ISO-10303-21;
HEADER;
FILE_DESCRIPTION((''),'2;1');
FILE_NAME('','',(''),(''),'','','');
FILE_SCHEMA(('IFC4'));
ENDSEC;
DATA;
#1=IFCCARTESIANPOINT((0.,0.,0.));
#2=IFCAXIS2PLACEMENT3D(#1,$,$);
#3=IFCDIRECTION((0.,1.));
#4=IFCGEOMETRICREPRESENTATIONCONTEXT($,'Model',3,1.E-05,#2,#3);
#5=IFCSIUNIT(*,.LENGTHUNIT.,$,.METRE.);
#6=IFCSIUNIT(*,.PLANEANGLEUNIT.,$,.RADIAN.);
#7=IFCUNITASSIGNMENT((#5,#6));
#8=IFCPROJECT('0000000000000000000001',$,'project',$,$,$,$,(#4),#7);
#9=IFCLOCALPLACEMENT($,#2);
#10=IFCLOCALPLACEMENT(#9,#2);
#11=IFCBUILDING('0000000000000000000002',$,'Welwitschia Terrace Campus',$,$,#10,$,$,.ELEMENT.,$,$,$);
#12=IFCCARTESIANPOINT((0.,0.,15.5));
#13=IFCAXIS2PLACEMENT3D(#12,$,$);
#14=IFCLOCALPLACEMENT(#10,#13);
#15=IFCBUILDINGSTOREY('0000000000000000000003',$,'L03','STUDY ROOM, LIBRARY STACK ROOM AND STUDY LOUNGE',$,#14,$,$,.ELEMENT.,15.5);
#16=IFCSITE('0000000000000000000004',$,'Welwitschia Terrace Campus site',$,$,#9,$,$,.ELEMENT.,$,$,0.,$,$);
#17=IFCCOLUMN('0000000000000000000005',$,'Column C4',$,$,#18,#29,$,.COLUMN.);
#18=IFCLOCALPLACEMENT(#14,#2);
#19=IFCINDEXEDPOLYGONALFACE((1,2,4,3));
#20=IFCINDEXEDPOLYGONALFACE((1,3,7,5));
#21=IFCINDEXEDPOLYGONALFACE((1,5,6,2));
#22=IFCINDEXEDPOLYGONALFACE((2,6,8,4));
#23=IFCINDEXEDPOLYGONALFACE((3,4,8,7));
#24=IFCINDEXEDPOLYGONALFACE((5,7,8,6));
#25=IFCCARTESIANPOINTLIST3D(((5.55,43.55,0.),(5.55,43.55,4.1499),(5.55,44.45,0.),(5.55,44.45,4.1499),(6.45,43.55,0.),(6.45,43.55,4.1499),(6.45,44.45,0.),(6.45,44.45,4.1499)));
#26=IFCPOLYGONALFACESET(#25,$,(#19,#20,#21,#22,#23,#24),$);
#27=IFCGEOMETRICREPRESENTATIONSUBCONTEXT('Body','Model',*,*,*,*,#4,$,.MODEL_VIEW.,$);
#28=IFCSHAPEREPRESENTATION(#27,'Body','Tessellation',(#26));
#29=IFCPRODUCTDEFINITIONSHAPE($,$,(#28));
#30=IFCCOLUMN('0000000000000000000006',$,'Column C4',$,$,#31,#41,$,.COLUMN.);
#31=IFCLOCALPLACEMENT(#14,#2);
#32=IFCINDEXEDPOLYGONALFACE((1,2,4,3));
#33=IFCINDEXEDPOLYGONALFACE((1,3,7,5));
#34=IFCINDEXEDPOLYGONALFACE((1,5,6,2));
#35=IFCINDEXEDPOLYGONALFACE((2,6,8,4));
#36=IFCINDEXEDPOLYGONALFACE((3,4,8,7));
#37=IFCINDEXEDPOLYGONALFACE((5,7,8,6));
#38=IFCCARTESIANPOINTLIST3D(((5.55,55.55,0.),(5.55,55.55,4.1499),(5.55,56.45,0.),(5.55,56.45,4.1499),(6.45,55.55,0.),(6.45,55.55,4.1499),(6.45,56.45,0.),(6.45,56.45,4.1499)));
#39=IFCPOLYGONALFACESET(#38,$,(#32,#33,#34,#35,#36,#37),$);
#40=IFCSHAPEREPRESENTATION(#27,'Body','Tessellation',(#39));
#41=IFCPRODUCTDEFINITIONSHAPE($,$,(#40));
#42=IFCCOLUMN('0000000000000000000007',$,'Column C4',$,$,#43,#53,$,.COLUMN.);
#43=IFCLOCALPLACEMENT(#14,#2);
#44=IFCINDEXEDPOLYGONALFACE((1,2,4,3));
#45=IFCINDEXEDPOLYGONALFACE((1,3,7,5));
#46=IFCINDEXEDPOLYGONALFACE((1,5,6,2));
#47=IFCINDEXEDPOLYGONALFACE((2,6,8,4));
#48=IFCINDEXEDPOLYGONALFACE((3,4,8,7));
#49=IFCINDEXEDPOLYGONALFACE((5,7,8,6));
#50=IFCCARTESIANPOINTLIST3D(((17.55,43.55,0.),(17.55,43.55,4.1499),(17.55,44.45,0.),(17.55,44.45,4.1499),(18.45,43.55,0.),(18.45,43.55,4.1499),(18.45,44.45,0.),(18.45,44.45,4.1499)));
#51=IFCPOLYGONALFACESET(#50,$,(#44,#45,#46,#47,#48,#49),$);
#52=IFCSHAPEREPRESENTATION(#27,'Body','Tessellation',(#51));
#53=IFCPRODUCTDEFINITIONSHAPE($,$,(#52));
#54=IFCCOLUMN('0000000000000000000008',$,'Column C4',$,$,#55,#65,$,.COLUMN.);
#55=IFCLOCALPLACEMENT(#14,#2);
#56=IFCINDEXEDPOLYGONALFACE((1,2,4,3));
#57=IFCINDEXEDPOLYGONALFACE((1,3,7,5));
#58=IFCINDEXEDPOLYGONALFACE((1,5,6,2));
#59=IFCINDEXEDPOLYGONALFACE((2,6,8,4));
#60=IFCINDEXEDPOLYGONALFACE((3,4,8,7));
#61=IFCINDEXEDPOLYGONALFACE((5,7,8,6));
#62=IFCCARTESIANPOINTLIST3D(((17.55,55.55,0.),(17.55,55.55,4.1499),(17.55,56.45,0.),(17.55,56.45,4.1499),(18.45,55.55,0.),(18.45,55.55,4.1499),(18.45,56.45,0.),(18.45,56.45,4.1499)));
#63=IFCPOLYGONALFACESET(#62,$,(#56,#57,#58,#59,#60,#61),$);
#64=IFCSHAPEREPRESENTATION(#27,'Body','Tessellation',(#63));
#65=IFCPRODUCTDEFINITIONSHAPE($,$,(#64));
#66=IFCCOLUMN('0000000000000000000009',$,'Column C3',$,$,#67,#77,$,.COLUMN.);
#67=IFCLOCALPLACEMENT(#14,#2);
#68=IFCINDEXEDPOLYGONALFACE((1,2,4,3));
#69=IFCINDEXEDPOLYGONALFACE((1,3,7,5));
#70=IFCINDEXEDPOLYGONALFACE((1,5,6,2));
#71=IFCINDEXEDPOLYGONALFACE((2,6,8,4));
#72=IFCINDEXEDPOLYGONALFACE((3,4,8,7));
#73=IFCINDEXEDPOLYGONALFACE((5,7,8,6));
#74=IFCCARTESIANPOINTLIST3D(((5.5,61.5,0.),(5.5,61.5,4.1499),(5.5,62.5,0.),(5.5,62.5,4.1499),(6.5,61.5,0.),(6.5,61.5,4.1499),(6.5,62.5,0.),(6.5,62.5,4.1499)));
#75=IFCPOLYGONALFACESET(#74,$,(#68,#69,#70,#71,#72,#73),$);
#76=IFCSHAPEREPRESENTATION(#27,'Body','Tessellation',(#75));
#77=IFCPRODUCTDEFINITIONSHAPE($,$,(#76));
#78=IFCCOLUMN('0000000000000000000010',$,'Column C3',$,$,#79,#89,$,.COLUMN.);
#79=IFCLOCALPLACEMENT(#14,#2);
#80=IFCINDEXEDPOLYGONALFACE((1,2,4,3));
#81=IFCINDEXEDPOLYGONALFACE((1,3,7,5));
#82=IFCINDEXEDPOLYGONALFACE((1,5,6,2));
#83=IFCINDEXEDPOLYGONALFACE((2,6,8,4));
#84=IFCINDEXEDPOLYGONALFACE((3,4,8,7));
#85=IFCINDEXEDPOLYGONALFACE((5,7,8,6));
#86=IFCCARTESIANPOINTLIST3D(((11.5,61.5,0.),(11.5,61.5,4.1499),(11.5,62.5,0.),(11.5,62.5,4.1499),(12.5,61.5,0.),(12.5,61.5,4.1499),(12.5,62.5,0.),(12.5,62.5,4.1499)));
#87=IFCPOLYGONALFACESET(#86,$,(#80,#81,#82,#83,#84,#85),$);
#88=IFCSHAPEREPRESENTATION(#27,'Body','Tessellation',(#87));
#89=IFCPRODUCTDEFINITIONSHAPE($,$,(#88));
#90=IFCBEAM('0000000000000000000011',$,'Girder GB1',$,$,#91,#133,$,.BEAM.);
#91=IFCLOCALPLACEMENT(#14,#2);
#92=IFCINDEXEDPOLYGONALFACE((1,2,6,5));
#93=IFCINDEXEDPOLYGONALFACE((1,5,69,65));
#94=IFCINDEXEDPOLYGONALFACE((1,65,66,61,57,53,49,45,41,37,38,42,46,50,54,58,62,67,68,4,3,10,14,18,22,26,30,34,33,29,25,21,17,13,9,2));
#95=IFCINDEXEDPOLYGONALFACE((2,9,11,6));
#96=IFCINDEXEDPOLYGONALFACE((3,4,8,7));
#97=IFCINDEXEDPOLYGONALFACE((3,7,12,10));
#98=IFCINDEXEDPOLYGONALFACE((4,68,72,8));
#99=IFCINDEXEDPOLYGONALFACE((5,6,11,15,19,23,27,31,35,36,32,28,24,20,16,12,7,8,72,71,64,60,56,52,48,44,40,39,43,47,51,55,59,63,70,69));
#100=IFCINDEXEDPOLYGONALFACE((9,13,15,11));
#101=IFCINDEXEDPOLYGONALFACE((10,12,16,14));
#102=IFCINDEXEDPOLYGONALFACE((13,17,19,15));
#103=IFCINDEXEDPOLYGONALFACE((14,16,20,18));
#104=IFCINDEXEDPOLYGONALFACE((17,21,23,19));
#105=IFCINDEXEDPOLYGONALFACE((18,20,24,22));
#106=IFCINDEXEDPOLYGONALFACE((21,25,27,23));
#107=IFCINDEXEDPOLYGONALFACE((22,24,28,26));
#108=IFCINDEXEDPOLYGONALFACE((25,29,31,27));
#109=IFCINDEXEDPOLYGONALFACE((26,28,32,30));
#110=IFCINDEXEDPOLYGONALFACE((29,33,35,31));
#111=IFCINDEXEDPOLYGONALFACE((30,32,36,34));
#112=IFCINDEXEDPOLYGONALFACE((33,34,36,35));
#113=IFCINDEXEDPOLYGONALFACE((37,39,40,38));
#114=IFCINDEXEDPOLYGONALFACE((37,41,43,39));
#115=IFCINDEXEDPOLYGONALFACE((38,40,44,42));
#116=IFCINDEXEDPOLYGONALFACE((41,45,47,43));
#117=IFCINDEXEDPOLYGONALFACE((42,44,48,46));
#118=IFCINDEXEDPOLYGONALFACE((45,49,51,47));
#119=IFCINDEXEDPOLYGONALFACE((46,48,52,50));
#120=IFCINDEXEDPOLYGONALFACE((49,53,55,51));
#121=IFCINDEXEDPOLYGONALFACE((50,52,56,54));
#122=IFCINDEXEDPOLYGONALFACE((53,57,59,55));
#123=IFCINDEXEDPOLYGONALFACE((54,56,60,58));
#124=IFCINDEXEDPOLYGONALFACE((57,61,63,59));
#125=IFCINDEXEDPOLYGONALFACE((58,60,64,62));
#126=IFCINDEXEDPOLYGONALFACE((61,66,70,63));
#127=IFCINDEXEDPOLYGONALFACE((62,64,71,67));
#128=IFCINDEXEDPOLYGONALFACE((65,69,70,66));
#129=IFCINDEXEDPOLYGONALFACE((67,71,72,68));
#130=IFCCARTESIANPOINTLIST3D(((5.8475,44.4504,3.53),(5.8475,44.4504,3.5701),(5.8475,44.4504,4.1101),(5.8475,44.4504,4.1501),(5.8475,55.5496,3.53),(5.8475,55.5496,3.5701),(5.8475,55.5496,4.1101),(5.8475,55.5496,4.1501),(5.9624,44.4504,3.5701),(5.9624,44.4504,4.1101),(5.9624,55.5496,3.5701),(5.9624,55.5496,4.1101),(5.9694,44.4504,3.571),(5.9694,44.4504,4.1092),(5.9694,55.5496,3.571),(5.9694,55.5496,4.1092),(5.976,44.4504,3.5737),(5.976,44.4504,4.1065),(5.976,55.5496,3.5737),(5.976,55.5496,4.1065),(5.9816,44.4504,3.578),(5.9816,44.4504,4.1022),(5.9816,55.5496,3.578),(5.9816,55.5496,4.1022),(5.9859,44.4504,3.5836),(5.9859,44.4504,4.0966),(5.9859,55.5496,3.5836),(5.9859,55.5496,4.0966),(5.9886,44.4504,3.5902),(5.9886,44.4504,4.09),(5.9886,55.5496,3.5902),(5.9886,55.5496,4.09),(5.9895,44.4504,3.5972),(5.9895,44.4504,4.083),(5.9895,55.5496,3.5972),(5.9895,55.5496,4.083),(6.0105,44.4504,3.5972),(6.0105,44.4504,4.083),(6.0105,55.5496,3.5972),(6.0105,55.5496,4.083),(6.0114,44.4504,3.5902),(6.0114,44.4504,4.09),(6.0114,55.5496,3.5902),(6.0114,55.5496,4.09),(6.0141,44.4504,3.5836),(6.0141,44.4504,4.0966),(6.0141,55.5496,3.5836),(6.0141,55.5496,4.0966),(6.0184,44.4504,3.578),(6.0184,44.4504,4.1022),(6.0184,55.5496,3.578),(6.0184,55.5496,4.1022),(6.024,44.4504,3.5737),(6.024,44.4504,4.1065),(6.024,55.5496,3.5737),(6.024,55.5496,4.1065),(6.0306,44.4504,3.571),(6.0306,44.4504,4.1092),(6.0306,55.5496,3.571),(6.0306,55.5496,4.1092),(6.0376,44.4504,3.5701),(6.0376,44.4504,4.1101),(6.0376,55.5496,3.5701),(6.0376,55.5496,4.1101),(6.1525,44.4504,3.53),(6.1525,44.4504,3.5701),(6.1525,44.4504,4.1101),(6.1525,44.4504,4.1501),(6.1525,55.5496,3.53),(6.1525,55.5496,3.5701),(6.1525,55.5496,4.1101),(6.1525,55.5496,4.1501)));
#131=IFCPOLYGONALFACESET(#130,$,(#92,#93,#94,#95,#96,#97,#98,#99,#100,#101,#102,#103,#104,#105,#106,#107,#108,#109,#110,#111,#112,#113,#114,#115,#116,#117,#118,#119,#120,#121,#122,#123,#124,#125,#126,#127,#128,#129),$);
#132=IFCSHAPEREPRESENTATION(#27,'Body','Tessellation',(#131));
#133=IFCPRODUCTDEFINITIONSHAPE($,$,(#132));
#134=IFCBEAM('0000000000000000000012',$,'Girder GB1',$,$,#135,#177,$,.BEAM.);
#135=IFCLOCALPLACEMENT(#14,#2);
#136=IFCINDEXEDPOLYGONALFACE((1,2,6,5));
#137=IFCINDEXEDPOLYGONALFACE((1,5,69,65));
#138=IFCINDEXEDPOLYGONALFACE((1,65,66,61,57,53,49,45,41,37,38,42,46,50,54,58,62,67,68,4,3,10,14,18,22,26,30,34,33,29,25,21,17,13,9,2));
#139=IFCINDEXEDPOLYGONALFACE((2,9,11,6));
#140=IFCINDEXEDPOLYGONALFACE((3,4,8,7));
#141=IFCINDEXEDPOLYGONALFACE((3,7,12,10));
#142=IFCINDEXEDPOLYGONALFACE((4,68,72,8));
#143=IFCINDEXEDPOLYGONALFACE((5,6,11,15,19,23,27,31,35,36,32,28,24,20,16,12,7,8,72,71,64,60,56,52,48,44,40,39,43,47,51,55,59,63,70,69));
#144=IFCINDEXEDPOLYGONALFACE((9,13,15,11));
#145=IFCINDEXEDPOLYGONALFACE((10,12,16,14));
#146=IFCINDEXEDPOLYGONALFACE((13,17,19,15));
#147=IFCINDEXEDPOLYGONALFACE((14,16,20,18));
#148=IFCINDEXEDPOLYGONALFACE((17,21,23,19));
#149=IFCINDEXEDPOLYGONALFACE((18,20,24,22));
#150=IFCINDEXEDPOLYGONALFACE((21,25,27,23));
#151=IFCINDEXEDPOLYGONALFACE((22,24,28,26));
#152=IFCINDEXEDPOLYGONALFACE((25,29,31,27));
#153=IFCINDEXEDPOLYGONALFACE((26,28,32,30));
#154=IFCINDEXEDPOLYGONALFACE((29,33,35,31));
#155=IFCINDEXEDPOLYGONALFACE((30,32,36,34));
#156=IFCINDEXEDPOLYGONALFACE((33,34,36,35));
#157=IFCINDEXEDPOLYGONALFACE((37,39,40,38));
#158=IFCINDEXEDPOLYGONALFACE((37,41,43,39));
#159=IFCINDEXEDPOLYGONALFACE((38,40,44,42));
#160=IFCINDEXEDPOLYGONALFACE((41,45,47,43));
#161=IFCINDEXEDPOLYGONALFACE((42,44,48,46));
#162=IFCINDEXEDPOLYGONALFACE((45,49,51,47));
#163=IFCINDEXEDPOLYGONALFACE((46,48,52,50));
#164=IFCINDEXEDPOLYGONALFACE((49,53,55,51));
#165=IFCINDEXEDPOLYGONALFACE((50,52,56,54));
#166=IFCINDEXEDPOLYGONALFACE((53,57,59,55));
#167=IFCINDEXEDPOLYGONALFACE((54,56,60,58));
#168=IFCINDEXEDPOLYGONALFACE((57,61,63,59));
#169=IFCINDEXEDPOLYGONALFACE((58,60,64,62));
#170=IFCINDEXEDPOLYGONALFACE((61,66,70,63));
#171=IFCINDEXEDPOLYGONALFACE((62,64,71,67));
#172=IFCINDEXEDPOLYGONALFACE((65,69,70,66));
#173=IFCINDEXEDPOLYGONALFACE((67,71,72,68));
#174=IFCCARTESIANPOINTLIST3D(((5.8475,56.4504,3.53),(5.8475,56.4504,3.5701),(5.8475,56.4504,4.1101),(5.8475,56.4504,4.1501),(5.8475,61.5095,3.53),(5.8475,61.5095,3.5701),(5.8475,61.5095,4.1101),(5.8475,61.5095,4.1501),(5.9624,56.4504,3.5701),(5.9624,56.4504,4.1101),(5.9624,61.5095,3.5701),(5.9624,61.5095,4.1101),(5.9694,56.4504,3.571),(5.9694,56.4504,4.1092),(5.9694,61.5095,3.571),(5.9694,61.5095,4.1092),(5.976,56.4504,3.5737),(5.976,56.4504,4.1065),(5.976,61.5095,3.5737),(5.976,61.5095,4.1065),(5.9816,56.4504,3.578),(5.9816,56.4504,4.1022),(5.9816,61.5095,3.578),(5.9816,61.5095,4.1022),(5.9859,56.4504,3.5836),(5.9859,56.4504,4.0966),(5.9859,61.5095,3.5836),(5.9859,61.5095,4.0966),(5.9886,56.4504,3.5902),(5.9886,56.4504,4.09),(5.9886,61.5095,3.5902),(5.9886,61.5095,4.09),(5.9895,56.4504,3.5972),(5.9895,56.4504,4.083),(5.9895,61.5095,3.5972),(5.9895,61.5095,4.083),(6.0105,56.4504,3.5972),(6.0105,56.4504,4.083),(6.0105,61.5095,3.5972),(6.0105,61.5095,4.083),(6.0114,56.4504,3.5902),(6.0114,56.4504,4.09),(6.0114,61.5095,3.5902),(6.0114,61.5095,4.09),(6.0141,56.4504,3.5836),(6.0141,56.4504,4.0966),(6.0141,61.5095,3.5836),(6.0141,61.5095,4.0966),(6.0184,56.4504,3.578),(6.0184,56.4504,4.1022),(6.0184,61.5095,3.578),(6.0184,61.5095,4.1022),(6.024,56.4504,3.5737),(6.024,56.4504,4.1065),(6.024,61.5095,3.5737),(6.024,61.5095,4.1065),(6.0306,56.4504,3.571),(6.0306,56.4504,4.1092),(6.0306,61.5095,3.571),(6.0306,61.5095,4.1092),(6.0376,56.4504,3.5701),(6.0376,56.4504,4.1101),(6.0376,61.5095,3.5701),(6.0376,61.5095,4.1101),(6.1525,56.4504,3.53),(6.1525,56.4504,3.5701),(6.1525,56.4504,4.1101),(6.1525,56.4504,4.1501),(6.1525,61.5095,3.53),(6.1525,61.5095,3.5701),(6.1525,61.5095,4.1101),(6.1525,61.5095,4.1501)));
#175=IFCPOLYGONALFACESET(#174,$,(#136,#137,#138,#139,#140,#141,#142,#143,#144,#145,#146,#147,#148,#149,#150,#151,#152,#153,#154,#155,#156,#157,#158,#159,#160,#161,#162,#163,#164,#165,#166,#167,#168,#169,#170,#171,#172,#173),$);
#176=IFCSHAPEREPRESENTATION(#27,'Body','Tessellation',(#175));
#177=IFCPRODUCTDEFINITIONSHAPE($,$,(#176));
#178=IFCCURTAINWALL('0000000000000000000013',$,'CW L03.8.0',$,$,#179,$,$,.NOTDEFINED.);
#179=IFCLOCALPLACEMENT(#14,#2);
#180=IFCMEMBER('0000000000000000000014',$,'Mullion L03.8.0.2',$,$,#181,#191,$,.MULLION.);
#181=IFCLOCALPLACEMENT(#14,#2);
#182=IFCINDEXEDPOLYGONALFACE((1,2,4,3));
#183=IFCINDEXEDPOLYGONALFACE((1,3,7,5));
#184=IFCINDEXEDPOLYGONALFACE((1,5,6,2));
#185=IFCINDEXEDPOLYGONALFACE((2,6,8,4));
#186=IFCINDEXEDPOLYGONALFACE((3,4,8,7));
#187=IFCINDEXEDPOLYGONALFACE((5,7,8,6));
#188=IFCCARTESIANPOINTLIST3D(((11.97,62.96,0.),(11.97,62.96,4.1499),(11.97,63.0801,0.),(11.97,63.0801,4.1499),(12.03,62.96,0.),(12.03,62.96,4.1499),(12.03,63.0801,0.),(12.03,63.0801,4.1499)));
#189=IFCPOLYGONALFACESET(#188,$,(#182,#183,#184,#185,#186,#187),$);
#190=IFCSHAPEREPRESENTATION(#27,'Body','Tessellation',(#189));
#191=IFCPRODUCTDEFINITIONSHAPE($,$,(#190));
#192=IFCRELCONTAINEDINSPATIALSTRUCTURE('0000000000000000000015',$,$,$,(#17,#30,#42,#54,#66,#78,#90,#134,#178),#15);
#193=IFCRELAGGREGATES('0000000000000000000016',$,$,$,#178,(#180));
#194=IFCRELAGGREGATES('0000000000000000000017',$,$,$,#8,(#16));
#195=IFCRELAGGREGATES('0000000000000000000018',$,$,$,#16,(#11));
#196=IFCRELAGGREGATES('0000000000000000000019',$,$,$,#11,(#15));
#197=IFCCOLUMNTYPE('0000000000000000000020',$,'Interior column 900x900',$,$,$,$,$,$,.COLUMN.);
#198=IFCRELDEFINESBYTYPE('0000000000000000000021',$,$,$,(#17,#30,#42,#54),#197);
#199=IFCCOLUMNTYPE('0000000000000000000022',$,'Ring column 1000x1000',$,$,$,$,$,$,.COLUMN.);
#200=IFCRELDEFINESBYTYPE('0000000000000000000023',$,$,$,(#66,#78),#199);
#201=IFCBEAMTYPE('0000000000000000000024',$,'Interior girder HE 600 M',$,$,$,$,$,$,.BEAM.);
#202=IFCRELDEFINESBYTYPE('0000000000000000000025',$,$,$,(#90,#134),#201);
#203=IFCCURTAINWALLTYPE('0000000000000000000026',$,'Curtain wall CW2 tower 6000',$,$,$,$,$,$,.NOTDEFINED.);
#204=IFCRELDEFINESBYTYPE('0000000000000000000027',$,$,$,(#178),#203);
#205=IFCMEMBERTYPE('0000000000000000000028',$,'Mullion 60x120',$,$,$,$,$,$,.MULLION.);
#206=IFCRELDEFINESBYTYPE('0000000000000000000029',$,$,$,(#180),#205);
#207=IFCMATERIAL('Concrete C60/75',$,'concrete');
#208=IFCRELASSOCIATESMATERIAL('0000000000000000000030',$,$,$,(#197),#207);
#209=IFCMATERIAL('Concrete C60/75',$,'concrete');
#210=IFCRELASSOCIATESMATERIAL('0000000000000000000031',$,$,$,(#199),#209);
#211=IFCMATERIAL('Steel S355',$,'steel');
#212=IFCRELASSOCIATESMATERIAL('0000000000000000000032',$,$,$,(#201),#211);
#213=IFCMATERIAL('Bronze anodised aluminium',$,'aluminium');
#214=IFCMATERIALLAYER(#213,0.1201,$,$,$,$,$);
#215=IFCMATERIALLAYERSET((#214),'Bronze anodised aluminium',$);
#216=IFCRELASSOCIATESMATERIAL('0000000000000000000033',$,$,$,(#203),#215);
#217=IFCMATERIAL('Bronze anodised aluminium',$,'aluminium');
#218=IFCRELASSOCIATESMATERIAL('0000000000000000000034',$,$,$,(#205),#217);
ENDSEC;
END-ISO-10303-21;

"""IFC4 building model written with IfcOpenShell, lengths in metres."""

from ifc_helpers import new_model, si_unit, direction, frame, origin, origin_2d, place, context, subcontext, project, spatial, rectangle, i_section, extrude, material, layer, layer_set, material_profile, profile_set, type_object, element, aggregate, save


model = new_model("IFC4")

# Units and contexts
model_context = context("Model", 3, precision=1e-05, world=origin(), true_north=direction((0.0, 1.0)))
body_context = subcontext(model_context, "Body", "Model", "MODEL_VIEW")
ifc_project = project(units=[si_unit("LENGTHUNIT", "METRE"), si_unit("PLANEANGLEUNIT", "RADIAN")], contexts=[model_context])

# Site, building, storey
site_placement = place(None, origin())
site = spatial("IfcSite", under=ifc_project, at=site_placement, Name="Welwitschia Terrace Campus site", CompositionType="ELEMENT", RefElevation=0.0)
building_placement = place(site_placement, origin())
building = spatial("IfcBuilding", under=site, at=building_placement, Name="Welwitschia Terrace Campus", CompositionType="ELEMENT")
storey_placement = place(building_placement, frame((0.0, 0.0, 15.5)))
storey = spatial("IfcBuildingStorey", under=building, at=storey_placement, Name="L03", Description="STUDY ROOM, LIBRARY STACK ROOM AND STUDY LOUNGE", CompositionType="ELEMENT", Elevation=15.5)

# Columns
ifc_material_1 = material(Name="Concrete C60/75", Category="concrete")
ifc_material_profile_1 = material_profile(ifc_material_1, rectangle(XDim=0.8999, YDim=0.8999, at=origin_2d()))
ifc_profile_set_1 = profile_set([ifc_material_profile_1], Name="Concrete C60/75")
column_type_1 = type_object("IfcColumnType", Name="Interior column 900x900", PredefinedType="COLUMN", material=ifc_profile_set_1)
for number, where, z_axis, x_axis, name in (
    (1, (6.0, 44.0, 0.0), (0.0, 0.0, 1.0), (1.0, 0.0, 0.0), "Column C4"),
    (2, (6.0, 56.0, 0.0), (0.0, 0.0, 1.0), (1.0, 0.0, 0.0), "Column C4"),
    (3, (18.0, 44.0, 0.0), (0.0, 0.0, 1.0), (1.0, 0.0, 0.0), "Column C4"),
    (4, (18.0, 56.0, 0.0), (0.0, 0.0, 1.0), (1.0, 0.0, 0.0), "Column C4"),
):
    element("IfcColumn", number, at=place(storey_placement, frame(where, z_axis=z_axis, x_axis=x_axis)), inside=storey, type_object=column_type_1, Name=name, PredefinedType="COLUMN", context=body_context, shape_type="SweptSolid", body=[
        extrude(rectangle(XDim=0.8999, YDim=0.8999, at=origin_2d()), origin(), (0.0, 0.0, 1.0), 4.1499),
    ])
ifc_material_2 = material(Name="Concrete C60/75", Category="concrete")
ifc_material_profile_2 = material_profile(ifc_material_2, rectangle(XDim=1.0, YDim=1.0, at=origin_2d()))
ifc_profile_set_2 = profile_set([ifc_material_profile_2], Name="Concrete C60/75")
column_type_2 = type_object("IfcColumnType", Name="Ring column 1000x1000", PredefinedType="COLUMN", material=ifc_profile_set_2)
for number, where, z_axis, x_axis, name in (
    (5, (6.0, 62.0, 0.0), (0.0, 0.0, 1.0), (1.0, 0.0, 0.0), "Column C3"),
    (6, (12.0, 62.0, 0.0), (0.0, 0.0, 1.0), (1.0, 0.0, 0.0), "Column C3"),
):
    element("IfcColumn", number, at=place(storey_placement, frame(where, z_axis=z_axis, x_axis=x_axis)), inside=storey, type_object=column_type_2, Name=name, PredefinedType="COLUMN", context=body_context, shape_type="SweptSolid", body=[
        extrude(rectangle(XDim=1.0, YDim=1.0, at=origin_2d()), origin(), (0.0, 0.0, 1.0), 4.1499),
    ])

# Beams
ifc_material_3 = material(Name="Steel S355", Category="steel")
ifc_material_profile_3 = material_profile(ifc_material_3, i_section(OverallWidth=0.3049, OverallDepth=0.6201, WebThickness=0.021, FlangeThickness=0.04, FilletRadius=0.0271, at=origin_2d()))
ifc_profile_set_3 = profile_set([ifc_material_profile_3], Name="Steel S355")
beam_type_1 = type_object("IfcBeamType", Name="Interior girder HE 600 M", PredefinedType="BEAM", material=ifc_profile_set_3)
beam_1_placement = place(storey_placement, frame((6.0, 44.4504, 3.8401), z_axis=(0.0, 1.0, 0.0), x_axis=(-1.0, 0.0, 0.0)))
element("IfcBeam", 7, at=beam_1_placement, inside=storey, type_object=beam_type_1, Name="Girder GB1", PredefinedType="BEAM", context=body_context, shape_type="SweptSolid", body=[
    extrude(i_section(OverallWidth=0.3049, OverallDepth=0.6201, WebThickness=0.021, FlangeThickness=0.04, FilletRadius=0.0271, at=origin_2d()), origin(), (0.0, 0.0, 1.0), 11.0991),
])
beam_2_placement = place(storey_placement, frame((6.0, 56.4504, 3.8401), z_axis=(0.0, 1.0, 0.0), x_axis=(-1.0, 0.0, 0.0)))
element("IfcBeam", 8, at=beam_2_placement, inside=storey, type_object=beam_type_1, Name="Girder GB1", PredefinedType="BEAM", context=body_context, shape_type="SweptSolid", body=[
    extrude(i_section(OverallWidth=0.3049, OverallDepth=0.6201, WebThickness=0.021, FlangeThickness=0.04, FilletRadius=0.0271, at=origin_2d()), origin(), (0.0, 0.0, 1.0), 5.0591),
])

# Curtain wall, member
ifc_material_4 = material(Name="Bronze anodised aluminium", Category="aluminium")
ifc_layer_1 = layer(ifc_material_4, 0.1201)
ifc_layer_set_1 = layer_set([ifc_layer_1], Name="Bronze anodised aluminium")
curtain_wall_type = type_object("IfcCurtainWallType", Name="Curtain wall CW2 tower 6000", PredefinedType="NOTDEFINED", material=ifc_layer_set_1)
curtain_wall_placement = place(storey_placement, origin())
curtain_wall = element("IfcCurtainWall", 9, at=curtain_wall_placement, inside=storey, type_object=curtain_wall_type, Name="CW L03.8.0", PredefinedType="NOTDEFINED")
ifc_material_5 = material(Name="Bronze anodised aluminium", Category="aluminium")
ifc_material_profile_4 = material_profile(ifc_material_5, rectangle(XDim=0.1201, YDim=0.0601, at=origin_2d()))
ifc_profile_set_4 = profile_set([ifc_material_profile_4], Name="Bronze anodised aluminium")
member_type = type_object("IfcMemberType", Name="Mullion 60x120", PredefinedType="MULLION", material=ifc_profile_set_4)
member_placement = place(storey_placement, frame((12.0, 63.02, 0.0), z_axis=(0.0, 0.0, 1.0), x_axis=(0.0, -1.0, 0.0)))
member = element("IfcMember", 10, at=member_placement, type_object=member_type, Name="Mullion L03.8.0.2", PredefinedType="MULLION", context=body_context, shape_type="SweptSolid", body=[
    extrude(rectangle(XDim=0.1201, YDim=0.0601, at=origin_2d()), origin(), (0.0, 0.0, 1.0), 4.1499),
])

aggregate(curtain_wall, [member])

save(model, "model.ifc")
